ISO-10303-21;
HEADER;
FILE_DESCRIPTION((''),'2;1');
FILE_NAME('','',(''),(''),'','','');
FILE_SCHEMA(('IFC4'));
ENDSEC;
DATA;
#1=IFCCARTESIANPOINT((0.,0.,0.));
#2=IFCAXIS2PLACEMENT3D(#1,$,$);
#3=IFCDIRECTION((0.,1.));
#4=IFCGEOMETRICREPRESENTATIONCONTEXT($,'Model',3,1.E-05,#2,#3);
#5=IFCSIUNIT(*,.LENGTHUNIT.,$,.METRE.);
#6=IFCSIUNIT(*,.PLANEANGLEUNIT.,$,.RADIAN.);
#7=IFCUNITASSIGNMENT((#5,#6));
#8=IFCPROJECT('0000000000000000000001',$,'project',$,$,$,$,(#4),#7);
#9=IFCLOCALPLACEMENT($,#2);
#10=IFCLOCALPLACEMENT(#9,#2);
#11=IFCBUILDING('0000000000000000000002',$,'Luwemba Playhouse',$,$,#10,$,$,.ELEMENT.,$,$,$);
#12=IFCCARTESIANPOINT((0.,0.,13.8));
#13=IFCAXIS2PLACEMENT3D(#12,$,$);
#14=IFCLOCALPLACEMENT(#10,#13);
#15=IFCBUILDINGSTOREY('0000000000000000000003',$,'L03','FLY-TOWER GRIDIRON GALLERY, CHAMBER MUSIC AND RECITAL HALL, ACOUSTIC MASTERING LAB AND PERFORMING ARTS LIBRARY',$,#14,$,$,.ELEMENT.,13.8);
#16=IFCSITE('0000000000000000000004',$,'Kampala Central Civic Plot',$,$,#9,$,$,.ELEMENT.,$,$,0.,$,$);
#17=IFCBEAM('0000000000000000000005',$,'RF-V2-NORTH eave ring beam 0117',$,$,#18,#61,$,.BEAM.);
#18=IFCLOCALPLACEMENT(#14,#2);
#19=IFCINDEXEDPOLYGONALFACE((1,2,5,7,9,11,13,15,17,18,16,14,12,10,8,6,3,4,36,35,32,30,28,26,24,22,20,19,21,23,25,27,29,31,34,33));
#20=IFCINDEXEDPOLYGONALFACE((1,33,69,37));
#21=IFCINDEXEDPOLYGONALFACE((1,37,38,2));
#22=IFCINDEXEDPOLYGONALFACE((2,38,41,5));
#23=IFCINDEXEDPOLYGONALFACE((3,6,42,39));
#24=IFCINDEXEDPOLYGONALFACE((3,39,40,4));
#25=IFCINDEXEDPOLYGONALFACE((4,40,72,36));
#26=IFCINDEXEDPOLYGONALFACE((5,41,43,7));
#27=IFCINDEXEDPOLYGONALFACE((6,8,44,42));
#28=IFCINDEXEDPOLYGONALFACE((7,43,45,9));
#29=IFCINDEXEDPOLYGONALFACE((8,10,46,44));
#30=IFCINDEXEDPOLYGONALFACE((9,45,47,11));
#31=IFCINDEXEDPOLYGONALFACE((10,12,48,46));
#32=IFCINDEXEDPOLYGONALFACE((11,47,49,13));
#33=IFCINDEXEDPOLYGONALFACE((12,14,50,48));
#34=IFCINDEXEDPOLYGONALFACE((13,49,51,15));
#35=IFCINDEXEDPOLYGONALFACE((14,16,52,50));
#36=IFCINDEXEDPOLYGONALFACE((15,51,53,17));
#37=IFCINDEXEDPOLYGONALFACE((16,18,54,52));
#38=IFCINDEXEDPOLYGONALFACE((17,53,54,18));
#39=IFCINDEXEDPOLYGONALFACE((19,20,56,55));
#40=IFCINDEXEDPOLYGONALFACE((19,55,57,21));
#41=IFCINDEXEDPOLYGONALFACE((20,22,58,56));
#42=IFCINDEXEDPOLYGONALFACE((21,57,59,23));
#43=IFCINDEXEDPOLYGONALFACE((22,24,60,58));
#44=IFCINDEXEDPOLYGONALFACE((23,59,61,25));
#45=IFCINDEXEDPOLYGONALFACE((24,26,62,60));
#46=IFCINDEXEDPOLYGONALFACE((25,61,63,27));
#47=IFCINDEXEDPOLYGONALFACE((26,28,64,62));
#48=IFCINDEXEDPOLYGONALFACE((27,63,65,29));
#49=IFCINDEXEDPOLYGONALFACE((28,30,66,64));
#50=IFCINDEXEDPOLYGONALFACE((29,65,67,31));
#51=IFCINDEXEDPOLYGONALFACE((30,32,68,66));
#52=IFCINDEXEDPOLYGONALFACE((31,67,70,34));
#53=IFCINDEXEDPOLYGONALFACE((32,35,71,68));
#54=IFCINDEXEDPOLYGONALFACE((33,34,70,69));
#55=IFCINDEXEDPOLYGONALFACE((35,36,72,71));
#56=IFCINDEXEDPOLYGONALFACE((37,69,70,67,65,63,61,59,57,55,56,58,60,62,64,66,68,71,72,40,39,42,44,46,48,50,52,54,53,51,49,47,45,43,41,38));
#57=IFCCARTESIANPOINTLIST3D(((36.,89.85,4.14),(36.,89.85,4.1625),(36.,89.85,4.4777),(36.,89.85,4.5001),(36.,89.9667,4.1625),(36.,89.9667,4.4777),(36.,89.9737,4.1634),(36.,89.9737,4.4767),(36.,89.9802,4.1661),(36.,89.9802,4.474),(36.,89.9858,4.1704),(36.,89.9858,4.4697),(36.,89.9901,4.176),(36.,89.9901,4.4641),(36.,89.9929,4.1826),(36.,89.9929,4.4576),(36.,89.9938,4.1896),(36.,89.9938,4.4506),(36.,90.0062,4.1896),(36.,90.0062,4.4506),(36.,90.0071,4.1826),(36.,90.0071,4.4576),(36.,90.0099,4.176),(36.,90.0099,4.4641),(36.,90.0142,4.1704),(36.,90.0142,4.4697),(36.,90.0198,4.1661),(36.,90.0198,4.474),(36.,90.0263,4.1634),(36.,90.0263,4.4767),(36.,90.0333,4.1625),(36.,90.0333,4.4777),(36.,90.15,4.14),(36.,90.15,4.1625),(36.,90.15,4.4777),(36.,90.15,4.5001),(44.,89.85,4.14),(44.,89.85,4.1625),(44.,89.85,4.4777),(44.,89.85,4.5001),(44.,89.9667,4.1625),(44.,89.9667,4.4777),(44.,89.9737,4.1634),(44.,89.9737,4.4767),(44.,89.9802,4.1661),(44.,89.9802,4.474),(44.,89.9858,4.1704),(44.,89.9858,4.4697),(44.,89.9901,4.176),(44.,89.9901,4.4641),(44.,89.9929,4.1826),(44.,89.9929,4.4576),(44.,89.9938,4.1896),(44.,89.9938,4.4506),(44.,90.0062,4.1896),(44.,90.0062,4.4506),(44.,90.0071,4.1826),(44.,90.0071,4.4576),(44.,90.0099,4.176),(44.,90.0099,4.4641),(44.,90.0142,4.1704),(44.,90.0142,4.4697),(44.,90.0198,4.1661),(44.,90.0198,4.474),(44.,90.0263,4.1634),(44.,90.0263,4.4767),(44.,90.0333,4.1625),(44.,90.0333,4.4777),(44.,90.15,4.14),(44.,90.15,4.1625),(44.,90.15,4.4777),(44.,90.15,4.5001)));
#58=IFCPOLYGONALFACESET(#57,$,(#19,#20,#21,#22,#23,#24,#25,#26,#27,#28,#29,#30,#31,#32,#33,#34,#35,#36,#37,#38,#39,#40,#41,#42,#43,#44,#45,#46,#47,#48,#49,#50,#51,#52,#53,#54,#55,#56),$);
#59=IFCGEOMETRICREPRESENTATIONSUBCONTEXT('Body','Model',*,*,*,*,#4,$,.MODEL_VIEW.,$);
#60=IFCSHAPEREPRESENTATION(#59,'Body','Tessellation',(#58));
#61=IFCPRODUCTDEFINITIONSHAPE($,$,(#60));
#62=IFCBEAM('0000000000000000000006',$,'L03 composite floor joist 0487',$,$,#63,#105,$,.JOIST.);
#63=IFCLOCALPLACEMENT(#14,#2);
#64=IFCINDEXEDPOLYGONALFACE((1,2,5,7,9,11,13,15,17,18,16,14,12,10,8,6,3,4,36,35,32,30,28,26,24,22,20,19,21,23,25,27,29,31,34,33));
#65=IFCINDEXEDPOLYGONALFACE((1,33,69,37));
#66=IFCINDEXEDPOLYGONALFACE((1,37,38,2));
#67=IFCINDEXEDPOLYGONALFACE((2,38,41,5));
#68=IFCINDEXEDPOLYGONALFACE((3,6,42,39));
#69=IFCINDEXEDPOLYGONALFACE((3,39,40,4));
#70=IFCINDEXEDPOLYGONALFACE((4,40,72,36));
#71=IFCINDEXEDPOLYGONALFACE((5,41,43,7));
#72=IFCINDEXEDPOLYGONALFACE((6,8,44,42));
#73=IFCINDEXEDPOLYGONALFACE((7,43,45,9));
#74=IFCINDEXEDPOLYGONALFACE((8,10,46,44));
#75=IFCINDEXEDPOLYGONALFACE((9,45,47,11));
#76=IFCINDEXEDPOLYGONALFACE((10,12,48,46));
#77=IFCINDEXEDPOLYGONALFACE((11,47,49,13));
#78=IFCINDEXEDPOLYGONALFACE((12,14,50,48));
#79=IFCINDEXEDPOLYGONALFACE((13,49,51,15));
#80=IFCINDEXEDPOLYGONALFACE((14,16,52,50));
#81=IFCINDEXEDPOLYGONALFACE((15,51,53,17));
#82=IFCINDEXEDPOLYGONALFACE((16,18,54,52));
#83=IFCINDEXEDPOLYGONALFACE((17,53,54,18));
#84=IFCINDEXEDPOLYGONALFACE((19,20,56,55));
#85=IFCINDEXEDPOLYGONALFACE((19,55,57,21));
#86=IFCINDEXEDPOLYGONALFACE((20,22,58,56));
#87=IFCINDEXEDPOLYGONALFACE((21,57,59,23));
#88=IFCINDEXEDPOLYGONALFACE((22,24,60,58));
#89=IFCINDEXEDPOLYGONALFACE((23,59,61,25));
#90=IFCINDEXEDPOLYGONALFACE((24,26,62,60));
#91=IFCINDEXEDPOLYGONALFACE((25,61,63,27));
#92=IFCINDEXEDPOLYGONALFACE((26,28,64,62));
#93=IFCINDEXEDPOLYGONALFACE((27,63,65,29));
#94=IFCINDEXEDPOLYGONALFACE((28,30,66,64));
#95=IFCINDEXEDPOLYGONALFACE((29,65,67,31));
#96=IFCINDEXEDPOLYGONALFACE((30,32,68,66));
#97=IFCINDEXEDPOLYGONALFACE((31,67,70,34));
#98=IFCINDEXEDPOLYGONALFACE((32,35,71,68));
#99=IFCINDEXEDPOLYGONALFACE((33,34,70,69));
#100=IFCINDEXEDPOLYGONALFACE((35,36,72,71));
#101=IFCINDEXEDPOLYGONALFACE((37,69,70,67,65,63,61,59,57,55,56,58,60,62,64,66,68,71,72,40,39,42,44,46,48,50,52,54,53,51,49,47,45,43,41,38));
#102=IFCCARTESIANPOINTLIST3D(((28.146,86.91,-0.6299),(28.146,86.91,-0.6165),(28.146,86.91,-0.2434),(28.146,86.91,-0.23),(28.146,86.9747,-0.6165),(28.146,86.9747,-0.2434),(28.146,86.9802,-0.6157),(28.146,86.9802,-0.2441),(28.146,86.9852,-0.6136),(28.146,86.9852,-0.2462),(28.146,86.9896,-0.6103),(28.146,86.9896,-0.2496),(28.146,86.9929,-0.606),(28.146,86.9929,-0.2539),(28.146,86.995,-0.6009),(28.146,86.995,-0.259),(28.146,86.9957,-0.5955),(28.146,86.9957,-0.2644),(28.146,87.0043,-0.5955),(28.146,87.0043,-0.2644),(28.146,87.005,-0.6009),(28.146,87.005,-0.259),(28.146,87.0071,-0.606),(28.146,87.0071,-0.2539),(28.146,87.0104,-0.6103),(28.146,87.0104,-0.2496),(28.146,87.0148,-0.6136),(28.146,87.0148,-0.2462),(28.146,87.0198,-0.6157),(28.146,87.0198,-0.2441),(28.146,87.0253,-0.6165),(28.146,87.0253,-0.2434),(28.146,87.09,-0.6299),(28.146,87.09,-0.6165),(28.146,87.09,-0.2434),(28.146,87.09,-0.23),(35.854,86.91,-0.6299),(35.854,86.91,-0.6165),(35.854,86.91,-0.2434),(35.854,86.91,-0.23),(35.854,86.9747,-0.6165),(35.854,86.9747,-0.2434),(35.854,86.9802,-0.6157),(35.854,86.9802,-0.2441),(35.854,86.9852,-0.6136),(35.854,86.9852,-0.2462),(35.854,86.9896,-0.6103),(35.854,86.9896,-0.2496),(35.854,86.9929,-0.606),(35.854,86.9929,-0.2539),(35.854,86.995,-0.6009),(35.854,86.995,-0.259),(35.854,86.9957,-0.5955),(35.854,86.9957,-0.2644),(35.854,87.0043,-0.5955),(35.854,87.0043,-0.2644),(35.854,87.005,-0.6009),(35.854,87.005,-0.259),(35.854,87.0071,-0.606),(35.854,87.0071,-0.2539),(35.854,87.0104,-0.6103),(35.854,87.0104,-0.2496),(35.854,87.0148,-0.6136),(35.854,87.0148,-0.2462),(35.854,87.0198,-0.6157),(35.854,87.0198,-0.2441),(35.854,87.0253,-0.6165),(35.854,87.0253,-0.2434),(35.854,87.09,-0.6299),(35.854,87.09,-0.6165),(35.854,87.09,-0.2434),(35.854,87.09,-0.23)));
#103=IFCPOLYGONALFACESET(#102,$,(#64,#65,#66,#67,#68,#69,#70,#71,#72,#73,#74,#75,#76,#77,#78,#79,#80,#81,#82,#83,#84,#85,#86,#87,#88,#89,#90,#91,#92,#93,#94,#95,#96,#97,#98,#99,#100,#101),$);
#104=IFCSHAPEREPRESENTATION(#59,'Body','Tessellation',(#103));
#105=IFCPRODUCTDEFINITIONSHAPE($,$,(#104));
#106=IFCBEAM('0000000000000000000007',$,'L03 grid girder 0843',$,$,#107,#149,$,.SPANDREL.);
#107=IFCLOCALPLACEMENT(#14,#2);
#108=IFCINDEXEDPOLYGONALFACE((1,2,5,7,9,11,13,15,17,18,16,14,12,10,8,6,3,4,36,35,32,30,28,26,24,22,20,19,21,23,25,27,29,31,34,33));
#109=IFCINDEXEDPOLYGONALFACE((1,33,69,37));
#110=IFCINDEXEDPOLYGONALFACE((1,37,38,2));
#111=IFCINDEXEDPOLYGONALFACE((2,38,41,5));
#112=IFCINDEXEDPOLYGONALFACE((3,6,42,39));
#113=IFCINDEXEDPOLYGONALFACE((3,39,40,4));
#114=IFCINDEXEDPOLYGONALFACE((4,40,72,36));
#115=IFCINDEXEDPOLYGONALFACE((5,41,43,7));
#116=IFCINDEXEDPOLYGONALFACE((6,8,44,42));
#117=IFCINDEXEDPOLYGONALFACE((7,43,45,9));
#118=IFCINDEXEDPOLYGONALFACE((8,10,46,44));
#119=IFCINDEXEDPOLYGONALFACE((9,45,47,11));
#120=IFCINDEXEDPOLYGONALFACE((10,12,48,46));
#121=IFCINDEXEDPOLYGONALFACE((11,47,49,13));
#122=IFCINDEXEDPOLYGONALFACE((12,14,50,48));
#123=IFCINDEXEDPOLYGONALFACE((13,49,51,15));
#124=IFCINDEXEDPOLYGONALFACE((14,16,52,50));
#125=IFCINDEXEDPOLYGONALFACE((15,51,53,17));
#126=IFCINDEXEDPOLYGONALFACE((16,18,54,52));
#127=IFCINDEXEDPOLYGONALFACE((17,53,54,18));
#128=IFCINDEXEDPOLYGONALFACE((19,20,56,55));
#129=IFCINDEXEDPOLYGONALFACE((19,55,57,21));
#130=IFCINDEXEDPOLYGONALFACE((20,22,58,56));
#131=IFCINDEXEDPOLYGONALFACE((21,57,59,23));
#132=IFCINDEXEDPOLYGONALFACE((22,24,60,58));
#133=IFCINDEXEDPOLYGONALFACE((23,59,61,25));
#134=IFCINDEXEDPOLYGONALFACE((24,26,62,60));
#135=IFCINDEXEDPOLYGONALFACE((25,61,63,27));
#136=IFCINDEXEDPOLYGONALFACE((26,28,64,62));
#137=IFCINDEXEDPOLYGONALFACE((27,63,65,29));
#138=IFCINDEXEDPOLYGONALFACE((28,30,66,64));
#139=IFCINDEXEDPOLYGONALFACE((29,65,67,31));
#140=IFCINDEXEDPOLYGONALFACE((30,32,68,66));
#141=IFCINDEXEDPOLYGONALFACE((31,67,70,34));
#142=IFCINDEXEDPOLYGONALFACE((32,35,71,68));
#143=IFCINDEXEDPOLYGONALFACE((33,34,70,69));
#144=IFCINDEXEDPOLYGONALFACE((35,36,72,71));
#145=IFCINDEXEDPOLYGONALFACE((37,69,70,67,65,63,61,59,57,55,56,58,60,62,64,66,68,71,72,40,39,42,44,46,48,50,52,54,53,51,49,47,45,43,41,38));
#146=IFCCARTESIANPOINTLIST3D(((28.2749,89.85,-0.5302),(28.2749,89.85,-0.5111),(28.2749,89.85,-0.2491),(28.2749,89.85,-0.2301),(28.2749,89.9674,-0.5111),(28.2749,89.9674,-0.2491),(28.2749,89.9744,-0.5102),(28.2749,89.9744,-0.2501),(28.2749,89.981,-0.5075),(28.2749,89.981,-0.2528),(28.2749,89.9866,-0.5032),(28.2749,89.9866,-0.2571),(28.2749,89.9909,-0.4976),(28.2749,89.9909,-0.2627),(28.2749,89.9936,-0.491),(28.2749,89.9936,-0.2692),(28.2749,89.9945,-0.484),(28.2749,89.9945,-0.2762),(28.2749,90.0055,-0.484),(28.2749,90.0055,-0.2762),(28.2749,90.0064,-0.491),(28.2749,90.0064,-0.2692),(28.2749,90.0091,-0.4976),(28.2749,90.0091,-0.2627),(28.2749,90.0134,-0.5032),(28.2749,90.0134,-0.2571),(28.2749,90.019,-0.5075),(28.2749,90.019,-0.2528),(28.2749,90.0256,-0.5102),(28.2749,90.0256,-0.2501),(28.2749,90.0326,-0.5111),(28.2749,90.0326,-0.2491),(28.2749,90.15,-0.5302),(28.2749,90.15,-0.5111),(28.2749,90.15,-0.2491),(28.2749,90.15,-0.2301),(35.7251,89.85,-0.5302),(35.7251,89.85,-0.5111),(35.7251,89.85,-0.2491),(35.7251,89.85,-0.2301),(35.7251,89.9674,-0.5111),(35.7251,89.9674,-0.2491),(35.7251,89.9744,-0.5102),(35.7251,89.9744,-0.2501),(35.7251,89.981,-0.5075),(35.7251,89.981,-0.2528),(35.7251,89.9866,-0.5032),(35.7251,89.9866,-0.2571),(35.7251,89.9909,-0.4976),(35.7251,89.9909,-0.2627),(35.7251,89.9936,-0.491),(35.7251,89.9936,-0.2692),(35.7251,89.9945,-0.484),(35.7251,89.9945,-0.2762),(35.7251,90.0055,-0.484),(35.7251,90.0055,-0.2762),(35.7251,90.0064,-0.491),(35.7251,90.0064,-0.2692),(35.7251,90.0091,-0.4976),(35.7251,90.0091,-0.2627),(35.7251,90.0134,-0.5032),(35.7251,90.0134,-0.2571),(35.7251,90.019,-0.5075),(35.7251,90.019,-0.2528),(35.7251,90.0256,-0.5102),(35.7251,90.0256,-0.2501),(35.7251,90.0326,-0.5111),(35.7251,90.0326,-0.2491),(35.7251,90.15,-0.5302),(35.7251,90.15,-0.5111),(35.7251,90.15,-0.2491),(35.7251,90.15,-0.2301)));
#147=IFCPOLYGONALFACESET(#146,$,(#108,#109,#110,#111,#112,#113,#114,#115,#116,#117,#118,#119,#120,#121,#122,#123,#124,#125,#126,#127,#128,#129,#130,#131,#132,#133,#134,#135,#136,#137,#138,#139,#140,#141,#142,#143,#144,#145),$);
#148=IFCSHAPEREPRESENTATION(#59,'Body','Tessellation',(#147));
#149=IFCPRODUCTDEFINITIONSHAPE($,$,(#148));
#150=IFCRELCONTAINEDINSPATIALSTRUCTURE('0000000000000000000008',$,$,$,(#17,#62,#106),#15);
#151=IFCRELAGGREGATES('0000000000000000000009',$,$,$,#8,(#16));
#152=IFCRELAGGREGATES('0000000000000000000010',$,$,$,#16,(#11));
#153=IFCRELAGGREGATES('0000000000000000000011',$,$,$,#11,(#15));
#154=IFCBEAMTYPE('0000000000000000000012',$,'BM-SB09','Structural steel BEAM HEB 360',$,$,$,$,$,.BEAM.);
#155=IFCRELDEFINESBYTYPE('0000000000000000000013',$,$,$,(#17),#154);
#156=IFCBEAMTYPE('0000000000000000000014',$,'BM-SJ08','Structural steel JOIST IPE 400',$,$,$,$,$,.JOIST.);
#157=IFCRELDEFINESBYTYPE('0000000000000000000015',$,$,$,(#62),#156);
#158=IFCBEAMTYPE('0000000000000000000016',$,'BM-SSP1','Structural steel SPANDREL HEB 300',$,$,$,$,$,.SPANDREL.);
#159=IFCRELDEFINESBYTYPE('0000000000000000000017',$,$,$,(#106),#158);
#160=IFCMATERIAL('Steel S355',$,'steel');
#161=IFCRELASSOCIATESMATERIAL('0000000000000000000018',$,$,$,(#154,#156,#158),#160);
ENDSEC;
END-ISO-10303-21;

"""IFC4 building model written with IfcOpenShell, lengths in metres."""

from ifc_helpers import new_model, si_unit, direction, frame, origin, origin_2d, place, context, subcontext, project, spatial, i_section, extrude, material, material_profile, profile_set, type_object, element, save


model = new_model("IFC4")

# Units and contexts
model_context = context("Model", 3, precision=1e-05, world=origin(), true_north=direction((0.0, 1.0)))
body_context = subcontext(model_context, "Body", "Model", "MODEL_VIEW")
ifc_project = project(units=[si_unit("LENGTHUNIT", "METRE"), si_unit("PLANEANGLEUNIT", "RADIAN")], contexts=[model_context])

# Site, building, storey
site_placement = place(None, origin())
site = spatial("IfcSite", under=ifc_project, at=site_placement, Name="Kampala Central Civic Plot", CompositionType="ELEMENT", RefElevation=0.0)
building_placement = place(site_placement, origin())
building = spatial("IfcBuilding", under=site, at=building_placement, Name="Luwemba Playhouse", CompositionType="ELEMENT")
storey_placement = place(building_placement, frame((0.0, 0.0, 13.8)))
storey = spatial("IfcBuildingStorey", under=building, at=storey_placement, Name="L03", Description="FLY-TOWER GRIDIRON GALLERY, CHAMBER MUSIC AND RECITAL HALL, ACOUSTIC MASTERING LAB AND PERFORMING ARTS LIBRARY", CompositionType="ELEMENT", Elevation=13.8)

# Beams
ifc_material_1 = material(Name="Steel S355", Category="steel")
ifc_material_profile_1 = material_profile(ifc_material_1, i_section(OverallWidth=0.3, OverallDepth=0.3601, WebThickness=0.0125, FlangeThickness=0.0225, FilletRadius=0.0271, at=origin_2d()))
ifc_profile_set_1 = profile_set([ifc_material_profile_1], Name="Steel S355")
beam_type_1 = type_object("IfcBeamType", Name="BM-SB09", Description="Structural steel BEAM HEB 360", PredefinedType="BEAM", material=ifc_profile_set_1)
beam_1_placement = place(storey_placement, frame((36.0, 90.0, 4.3201), z_axis=(1.0, 0.0, 0.0), x_axis=(0.0, 1.0, 0.0)))
element("IfcBeam", 1, at=beam_1_placement, inside=storey, type_object=beam_type_1, Name="RF-V2-NORTH eave ring beam 0117", PredefinedType="BEAM", context=body_context, shape_type="SweptSolid", body=[
    extrude(i_section(OverallWidth=0.3, OverallDepth=0.3601, WebThickness=0.0125, FlangeThickness=0.0225, FilletRadius=0.0271, at=origin_2d()), origin(), (0.0, 0.0, 1.0), 8.0),
])
ifc_material_profile_2 = material_profile(ifc_material_1, i_section(OverallWidth=0.1799, OverallDepth=0.3999, WebThickness=0.0085, FlangeThickness=0.0134, FilletRadius=0.021, at=origin_2d()))
ifc_profile_set_2 = profile_set([ifc_material_profile_2], Name="Steel S355")
beam_type_2 = type_object("IfcBeamType", Name="BM-SJ08", Description="Structural steel JOIST IPE 400", PredefinedType="JOIST", material=ifc_profile_set_2)
beam_2_placement = place(storey_placement, frame((28.146, 87.0, -0.4299), z_axis=(1.0, 0.0, 0.0), x_axis=(0.0, 1.0, 0.0)))
element("IfcBeam", 2, at=beam_2_placement, inside=storey, type_object=beam_type_2, Name="L03 composite floor joist 0487", PredefinedType="JOIST", context=body_context, shape_type="SweptSolid", body=[
    extrude(i_section(OverallWidth=0.1799, OverallDepth=0.3999, WebThickness=0.0085, FlangeThickness=0.0134, FilletRadius=0.021, at=origin_2d()), origin(), (0.0, 0.0, 1.0), 7.708),
])
ifc_material_profile_3 = material_profile(ifc_material_1, i_section(OverallWidth=0.3, OverallDepth=0.3, WebThickness=0.011, FlangeThickness=0.019, FilletRadius=0.0271, at=origin_2d()))
ifc_profile_set_3 = profile_set([ifc_material_profile_3], Name="Steel S355")
beam_type_3 = type_object("IfcBeamType", Name="BM-SSP1", Description="Structural steel SPANDREL HEB 300", PredefinedType="SPANDREL", material=ifc_profile_set_3)
beam_3_placement = place(storey_placement, frame((28.2749, 90.0, -0.3801), z_axis=(1.0, 0.0, 0.0), x_axis=(0.0, 1.0, 0.0)))
element("IfcBeam", 3, at=beam_3_placement, inside=storey, type_object=beam_type_3, Name="L03 grid girder 0843", PredefinedType="SPANDREL", context=body_context, shape_type="SweptSolid", body=[
    extrude(i_section(OverallWidth=0.3, OverallDepth=0.3, WebThickness=0.011, FlangeThickness=0.019, FilletRadius=0.0271, at=origin_2d()), origin(), (0.0, 0.0, 1.0), 7.4502),
])

save(model, "model.ifc")
